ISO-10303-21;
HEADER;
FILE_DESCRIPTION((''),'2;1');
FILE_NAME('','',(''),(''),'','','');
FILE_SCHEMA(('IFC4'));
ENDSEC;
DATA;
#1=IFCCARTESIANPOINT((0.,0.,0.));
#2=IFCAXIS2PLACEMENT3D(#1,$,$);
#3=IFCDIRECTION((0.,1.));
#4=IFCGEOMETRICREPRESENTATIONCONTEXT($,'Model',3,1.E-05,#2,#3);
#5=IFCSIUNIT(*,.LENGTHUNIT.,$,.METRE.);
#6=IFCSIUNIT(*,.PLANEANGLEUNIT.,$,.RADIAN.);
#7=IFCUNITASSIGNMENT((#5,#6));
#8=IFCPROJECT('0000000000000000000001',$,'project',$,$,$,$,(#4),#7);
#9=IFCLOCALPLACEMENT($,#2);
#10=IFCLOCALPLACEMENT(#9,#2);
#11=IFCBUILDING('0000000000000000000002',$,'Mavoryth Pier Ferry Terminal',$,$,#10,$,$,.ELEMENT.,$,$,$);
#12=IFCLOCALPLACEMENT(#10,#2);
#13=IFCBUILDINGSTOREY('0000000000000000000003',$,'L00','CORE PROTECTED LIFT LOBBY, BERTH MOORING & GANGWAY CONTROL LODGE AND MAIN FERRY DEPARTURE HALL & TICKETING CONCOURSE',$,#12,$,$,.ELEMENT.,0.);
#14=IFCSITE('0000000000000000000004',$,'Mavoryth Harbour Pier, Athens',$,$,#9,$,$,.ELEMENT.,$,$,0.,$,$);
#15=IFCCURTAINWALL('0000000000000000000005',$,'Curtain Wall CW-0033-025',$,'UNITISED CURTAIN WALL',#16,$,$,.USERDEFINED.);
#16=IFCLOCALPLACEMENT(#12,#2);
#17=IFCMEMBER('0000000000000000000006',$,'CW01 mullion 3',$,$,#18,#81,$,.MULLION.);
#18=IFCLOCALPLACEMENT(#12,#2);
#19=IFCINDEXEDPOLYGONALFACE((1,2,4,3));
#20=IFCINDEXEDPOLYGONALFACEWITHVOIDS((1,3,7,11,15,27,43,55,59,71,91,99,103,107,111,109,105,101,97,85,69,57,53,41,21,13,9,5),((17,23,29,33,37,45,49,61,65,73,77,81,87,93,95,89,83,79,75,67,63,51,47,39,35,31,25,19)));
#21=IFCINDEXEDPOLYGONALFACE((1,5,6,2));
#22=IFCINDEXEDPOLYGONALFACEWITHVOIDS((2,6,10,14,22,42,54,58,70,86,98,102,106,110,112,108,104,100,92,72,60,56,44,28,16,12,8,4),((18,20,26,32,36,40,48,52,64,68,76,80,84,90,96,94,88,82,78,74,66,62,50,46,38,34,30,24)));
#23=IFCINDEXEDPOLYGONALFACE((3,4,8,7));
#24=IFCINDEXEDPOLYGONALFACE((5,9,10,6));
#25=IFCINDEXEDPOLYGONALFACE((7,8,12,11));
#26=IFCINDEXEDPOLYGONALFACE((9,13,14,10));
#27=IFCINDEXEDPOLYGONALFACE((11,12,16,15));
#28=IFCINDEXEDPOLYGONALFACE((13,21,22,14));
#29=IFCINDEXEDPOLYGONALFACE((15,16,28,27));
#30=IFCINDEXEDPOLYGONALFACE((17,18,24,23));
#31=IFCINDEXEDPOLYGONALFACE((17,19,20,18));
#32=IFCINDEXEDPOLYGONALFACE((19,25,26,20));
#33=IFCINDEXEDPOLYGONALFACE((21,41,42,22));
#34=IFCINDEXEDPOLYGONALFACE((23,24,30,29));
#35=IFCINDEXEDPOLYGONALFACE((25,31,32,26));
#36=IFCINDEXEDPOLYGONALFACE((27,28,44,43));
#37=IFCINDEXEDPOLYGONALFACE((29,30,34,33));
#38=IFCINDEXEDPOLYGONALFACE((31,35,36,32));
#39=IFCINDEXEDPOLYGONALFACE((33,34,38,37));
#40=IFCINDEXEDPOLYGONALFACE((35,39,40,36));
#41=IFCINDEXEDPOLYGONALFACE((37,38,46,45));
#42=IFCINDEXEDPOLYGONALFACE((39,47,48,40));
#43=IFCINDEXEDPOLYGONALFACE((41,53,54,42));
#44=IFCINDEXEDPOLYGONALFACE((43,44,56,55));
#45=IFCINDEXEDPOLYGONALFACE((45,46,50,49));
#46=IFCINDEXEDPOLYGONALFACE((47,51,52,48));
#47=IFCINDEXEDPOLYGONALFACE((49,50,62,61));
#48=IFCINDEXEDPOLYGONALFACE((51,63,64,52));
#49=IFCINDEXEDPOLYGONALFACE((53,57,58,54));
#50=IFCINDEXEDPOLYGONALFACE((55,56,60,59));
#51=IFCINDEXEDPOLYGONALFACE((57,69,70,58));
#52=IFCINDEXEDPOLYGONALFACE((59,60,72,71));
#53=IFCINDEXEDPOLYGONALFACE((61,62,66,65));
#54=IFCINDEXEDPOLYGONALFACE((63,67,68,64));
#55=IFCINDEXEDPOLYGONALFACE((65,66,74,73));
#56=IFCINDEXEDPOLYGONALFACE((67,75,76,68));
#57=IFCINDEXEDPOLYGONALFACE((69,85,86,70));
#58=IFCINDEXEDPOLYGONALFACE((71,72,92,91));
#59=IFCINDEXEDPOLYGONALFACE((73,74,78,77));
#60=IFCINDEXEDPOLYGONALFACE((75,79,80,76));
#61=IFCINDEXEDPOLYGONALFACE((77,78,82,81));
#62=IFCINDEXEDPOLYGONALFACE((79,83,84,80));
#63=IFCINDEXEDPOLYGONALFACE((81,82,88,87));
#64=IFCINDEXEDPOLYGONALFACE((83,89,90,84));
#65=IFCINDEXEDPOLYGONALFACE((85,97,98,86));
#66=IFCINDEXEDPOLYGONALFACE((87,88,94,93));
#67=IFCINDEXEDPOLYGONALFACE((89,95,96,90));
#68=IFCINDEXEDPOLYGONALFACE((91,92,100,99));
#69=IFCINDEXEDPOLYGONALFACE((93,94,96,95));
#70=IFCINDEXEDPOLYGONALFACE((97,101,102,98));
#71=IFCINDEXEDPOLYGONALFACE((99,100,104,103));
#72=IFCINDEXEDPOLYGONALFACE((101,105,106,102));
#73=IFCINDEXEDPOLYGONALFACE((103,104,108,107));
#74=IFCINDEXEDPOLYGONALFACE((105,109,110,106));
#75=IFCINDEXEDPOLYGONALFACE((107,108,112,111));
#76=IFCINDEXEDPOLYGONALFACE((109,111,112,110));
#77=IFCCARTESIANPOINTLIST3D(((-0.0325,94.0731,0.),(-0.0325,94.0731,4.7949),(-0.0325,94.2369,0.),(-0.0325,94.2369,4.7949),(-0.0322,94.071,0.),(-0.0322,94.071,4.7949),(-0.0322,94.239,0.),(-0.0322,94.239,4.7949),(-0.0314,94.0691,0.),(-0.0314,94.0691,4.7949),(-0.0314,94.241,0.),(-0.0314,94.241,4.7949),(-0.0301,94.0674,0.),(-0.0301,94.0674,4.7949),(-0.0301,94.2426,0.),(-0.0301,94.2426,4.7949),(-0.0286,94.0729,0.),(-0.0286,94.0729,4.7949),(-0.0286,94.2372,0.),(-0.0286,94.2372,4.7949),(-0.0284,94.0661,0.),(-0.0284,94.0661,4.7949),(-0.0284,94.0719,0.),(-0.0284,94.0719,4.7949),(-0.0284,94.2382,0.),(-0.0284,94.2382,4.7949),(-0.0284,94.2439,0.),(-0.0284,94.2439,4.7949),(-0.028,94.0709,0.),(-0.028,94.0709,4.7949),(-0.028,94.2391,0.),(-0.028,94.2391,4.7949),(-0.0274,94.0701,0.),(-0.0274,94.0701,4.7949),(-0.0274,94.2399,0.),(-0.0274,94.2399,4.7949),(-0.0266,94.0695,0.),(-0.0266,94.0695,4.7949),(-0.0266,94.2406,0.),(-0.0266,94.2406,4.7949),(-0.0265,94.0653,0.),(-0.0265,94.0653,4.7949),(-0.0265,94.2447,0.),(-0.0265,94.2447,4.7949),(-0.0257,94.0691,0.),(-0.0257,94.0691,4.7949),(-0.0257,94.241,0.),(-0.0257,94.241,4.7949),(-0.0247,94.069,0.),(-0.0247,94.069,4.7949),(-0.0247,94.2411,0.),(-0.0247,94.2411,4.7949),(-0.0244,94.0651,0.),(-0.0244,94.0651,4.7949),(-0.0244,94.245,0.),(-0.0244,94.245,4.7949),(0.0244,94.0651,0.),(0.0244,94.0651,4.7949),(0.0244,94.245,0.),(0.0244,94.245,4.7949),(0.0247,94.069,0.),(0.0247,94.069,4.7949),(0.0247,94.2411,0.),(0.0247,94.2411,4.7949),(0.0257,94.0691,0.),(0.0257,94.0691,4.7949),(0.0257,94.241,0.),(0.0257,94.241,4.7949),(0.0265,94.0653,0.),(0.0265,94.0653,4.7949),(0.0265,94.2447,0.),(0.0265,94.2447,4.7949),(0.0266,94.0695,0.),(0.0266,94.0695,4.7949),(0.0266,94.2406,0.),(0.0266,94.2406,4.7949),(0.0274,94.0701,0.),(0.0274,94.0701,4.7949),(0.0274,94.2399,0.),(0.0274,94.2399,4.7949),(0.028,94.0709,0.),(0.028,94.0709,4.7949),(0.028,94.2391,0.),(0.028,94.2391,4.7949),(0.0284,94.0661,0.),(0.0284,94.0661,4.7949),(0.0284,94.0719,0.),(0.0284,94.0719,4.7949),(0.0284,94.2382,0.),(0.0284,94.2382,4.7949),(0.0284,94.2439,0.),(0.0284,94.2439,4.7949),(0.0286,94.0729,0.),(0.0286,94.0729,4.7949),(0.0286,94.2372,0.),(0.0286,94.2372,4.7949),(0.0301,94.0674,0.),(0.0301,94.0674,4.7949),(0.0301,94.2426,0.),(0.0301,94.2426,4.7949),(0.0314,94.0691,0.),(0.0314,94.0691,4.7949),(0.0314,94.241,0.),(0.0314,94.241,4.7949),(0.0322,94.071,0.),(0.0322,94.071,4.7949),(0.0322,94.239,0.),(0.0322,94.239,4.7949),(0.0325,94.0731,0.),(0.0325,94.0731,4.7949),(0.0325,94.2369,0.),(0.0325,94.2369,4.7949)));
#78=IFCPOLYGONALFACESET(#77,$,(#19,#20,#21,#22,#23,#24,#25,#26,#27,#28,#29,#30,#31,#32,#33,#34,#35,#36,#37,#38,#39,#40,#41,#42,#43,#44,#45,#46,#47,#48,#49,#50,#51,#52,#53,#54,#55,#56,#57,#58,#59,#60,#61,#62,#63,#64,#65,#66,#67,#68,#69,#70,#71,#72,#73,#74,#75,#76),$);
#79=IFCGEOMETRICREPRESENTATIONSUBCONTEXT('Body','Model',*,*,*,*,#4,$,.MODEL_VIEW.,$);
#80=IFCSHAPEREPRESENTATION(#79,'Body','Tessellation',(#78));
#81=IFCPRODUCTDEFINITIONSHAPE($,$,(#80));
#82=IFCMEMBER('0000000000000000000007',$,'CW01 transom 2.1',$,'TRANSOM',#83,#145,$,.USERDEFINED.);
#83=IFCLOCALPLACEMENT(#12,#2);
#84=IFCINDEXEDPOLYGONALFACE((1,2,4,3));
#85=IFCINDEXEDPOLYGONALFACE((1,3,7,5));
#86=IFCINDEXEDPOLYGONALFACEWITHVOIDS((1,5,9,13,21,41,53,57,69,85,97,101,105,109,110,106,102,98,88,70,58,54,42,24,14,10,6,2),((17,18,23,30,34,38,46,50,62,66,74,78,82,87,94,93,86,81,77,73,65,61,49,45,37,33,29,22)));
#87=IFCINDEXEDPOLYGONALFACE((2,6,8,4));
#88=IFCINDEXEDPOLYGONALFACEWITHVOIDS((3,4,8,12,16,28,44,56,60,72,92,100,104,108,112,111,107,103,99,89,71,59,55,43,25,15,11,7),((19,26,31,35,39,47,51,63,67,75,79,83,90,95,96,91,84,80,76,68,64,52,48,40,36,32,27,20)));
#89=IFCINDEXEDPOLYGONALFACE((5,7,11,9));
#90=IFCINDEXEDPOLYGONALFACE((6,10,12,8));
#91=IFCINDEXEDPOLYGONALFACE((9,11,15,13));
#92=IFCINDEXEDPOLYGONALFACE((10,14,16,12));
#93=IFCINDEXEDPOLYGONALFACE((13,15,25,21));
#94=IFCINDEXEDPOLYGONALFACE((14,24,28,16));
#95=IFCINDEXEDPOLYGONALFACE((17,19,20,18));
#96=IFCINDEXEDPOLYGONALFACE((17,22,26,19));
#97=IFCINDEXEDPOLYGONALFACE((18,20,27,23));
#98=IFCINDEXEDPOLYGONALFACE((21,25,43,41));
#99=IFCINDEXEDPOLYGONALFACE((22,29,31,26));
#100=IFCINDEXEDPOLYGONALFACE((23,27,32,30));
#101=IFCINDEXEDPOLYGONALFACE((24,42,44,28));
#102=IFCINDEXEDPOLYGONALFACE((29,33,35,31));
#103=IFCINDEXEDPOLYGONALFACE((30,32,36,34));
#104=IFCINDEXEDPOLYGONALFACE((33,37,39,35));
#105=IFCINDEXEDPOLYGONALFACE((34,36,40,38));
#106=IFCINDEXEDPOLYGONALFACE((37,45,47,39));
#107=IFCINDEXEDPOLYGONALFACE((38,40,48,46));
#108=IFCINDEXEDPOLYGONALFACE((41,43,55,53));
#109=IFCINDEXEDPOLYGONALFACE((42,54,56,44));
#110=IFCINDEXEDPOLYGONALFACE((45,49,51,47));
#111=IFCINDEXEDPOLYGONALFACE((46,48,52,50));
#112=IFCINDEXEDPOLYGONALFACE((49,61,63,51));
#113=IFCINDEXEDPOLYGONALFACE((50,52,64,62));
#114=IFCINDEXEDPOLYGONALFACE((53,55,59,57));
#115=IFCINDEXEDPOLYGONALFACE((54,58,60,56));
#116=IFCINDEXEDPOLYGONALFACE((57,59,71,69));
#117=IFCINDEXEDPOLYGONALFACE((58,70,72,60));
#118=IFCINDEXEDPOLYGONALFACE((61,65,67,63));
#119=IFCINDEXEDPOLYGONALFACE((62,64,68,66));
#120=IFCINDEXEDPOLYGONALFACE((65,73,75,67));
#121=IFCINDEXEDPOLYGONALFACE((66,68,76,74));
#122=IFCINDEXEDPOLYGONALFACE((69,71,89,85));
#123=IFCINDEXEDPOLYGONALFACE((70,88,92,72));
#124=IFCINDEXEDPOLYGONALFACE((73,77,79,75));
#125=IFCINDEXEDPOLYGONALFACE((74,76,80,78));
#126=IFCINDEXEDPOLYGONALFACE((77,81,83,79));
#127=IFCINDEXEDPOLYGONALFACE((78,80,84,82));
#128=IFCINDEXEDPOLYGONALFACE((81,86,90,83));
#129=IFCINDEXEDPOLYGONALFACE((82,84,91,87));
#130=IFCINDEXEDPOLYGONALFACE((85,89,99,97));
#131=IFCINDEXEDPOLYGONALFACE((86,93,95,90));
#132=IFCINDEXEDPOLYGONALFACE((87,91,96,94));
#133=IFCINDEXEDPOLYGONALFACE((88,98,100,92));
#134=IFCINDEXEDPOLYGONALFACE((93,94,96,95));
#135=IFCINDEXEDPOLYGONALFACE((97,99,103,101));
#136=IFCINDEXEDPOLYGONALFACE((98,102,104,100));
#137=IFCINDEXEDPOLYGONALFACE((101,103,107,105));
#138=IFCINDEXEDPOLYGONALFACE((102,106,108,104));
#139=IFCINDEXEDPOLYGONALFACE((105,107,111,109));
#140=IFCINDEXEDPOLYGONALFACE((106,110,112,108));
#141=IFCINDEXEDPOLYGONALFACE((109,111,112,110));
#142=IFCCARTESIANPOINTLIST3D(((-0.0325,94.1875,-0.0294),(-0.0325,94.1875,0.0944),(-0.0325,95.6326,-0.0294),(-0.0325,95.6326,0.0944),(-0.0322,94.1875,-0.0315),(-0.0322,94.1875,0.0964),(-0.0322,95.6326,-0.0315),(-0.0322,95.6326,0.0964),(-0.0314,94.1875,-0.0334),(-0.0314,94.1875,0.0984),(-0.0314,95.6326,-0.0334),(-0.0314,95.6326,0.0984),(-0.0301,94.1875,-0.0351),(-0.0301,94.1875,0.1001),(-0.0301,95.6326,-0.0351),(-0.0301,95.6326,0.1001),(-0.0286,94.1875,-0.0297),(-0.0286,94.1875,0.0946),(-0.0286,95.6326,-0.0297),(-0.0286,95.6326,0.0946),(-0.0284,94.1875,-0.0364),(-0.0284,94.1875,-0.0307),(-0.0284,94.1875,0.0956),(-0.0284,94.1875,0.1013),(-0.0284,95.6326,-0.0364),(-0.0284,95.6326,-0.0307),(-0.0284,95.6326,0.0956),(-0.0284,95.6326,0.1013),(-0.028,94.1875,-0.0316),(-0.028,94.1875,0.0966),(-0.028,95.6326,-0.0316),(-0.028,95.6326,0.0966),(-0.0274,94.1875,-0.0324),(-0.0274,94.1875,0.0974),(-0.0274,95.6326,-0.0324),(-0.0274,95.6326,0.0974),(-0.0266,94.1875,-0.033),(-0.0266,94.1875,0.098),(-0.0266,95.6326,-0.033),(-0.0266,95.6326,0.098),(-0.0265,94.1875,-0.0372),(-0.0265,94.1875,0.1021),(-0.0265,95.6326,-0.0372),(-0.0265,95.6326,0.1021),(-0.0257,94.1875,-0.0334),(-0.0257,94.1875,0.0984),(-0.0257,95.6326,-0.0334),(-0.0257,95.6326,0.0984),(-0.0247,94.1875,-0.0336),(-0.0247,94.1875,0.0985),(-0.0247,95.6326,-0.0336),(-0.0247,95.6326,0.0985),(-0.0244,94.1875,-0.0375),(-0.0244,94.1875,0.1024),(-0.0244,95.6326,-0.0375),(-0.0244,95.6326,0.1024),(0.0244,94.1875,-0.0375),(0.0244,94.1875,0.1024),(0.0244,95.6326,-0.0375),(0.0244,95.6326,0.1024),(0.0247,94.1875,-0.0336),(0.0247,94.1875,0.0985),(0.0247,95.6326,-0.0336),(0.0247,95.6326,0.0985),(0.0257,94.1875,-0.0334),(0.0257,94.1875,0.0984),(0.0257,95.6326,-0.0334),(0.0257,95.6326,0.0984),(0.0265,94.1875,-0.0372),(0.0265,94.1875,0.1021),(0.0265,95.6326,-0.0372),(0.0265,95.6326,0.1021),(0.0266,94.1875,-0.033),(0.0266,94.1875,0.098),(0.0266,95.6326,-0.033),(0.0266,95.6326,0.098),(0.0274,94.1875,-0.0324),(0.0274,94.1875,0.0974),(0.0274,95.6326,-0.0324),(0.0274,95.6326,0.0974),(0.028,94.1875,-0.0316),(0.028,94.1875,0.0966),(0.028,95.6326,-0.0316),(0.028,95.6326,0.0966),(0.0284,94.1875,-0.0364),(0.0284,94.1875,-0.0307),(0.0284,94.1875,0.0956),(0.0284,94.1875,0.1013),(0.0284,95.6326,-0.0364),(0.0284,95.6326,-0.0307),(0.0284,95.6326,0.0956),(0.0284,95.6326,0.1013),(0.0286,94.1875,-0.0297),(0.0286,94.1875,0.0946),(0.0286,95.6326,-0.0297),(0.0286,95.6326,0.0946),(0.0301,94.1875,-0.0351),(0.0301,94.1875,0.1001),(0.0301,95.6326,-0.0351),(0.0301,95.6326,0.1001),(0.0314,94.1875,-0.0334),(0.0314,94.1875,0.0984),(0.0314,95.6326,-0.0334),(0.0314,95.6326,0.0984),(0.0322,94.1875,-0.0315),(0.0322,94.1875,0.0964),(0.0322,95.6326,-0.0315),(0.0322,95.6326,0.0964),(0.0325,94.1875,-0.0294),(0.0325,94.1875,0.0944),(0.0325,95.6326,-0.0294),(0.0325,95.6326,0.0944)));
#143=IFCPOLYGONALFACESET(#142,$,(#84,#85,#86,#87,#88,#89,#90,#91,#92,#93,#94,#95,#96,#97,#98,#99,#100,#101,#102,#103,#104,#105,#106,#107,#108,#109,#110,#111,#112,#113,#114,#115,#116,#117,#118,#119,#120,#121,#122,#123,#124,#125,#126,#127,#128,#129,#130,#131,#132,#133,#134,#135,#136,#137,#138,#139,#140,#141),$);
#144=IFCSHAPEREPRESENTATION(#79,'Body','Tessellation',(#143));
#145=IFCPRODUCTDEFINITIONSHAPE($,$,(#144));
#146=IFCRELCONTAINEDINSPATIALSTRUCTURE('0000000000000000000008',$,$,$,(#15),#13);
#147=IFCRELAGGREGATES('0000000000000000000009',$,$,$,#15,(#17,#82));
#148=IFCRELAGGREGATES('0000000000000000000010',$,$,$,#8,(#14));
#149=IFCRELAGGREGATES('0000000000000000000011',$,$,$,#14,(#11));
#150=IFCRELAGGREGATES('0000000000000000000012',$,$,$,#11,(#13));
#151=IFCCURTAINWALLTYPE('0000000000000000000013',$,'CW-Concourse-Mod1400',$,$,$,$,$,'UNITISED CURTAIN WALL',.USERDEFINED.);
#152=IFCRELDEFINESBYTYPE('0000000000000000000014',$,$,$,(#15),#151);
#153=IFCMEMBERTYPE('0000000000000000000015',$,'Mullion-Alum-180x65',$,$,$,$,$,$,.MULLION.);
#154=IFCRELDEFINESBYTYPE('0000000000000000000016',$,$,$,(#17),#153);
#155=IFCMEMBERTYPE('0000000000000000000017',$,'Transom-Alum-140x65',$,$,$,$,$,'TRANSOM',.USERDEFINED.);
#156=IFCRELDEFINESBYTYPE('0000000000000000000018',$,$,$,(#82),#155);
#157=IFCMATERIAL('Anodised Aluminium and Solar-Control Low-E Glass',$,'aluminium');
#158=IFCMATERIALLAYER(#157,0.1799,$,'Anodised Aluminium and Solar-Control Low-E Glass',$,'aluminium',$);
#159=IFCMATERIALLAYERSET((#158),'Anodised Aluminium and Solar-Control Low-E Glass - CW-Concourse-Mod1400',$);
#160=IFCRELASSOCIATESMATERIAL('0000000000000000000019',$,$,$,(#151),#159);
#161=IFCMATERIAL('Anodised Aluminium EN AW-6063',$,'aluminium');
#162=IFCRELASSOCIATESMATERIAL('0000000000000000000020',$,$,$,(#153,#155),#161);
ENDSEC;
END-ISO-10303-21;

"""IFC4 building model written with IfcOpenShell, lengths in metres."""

from ifc_helpers import new_model, si_unit, direction, frame, origin, origin_2d, place, context, subcontext, project, spatial, hollow_rectangle, extrude, material, layer, layer_set, material_profile, profile_set, type_object, element, aggregate, save


model = new_model("IFC4")

# Units and contexts
model_context = context("Model", 3, precision=1e-05, world=origin(), true_north=direction((0.0, 1.0)))
body_context = subcontext(model_context, "Body", "Model", "MODEL_VIEW")
ifc_project = project(units=[si_unit("LENGTHUNIT", "METRE"), si_unit("PLANEANGLEUNIT", "RADIAN")], contexts=[model_context])

# Site, building, storey
site_placement = place(None, origin())
site = spatial("IfcSite", under=ifc_project, at=site_placement, Name="Mavoryth Harbour Pier, Athens", CompositionType="ELEMENT", RefElevation=0.0)
building_placement = place(site_placement, origin())
building = spatial("IfcBuilding", under=site, at=building_placement, Name="Mavoryth Pier Ferry Terminal", CompositionType="ELEMENT")
storey_placement = place(building_placement, origin())
storey = spatial("IfcBuildingStorey", under=building, at=storey_placement, Name="L00", Description="CORE PROTECTED LIFT LOBBY, BERTH MOORING & GANGWAY CONTROL LODGE AND MAIN FERRY DEPARTURE HALL & TICKETING CONCOURSE", CompositionType="ELEMENT", Elevation=0.0)

# Curtain wall, members
ifc_material_1 = material(Name="Anodised Aluminium and Solar-Control Low-E Glass", Category="aluminium")
ifc_layer_1 = layer(ifc_material_1, 0.1799, Name="Anodised Aluminium and Solar-Control Low-E Glass", Category="aluminium")
ifc_layer_set_1 = layer_set([ifc_layer_1], Name="Anodised Aluminium and Solar-Control Low-E Glass - CW-Concourse-Mod1400")
curtain_wall_type = type_object("IfcCurtainWallType", Name="CW-Concourse-Mod1400", ElementType="UNITISED CURTAIN WALL", PredefinedType="USERDEFINED", material=ifc_layer_set_1)
curtain_wall_placement = place(storey_placement, origin())
curtain_wall = element("IfcCurtainWall", 1, at=curtain_wall_placement, inside=storey, type_object=curtain_wall_type, Name="Curtain Wall CW-0033-025", ObjectType="UNITISED CURTAIN WALL", PredefinedType="USERDEFINED")
ifc_material_2 = material(Name="Anodised Aluminium EN AW-6063", Category="aluminium")
ifc_material_profile_1 = material_profile(ifc_material_2, hollow_rectangle(XDim=0.0649, YDim=0.1799, WallThickness=0.0039, InnerFilletRadius=0.0039, OuterFilletRadius=0.0081, at=origin_2d()), Name="AL-MULL 180x65x4", Category="aluminium")
ifc_profile_set_1 = profile_set([ifc_material_profile_1], Name="Anodised Aluminium EN AW-6063 - AL-MULL 180x65x4")
member_type_1 = type_object("IfcMemberType", Name="Mullion-Alum-180x65", PredefinedType="MULLION", material=ifc_profile_set_1)
member_1_placement = place(storey_placement, frame((0.0, 94.155, 0.0), z_axis=(0.0, 0.0, 1.0), x_axis=(1.0, 0.0, 0.0)))
member_1 = element("IfcMember", 2, at=member_1_placement, type_object=member_type_1, Name="CW01 mullion 3", PredefinedType="MULLION", context=body_context, shape_type="SweptSolid", body=[
    extrude(hollow_rectangle(XDim=0.0649, YDim=0.1799, WallThickness=0.0039, InnerFilletRadius=0.0039, OuterFilletRadius=0.0081, at=origin_2d()), origin(), (0.0, 0.0, 1.0), 4.7949),
])
ifc_material_profile_2 = material_profile(ifc_material_2, hollow_rectangle(XDim=0.0649, YDim=0.1399, WallThickness=0.0039, InnerFilletRadius=0.0039, OuterFilletRadius=0.0081, at=origin_2d()), Name="AL-TRAN 140x65x4", Category="aluminium")
ifc_profile_set_2 = profile_set([ifc_material_profile_2], Name="Anodised Aluminium EN AW-6063 - AL-TRAN 140x65x4")
member_type_2 = type_object("IfcMemberType", Name="Transom-Alum-140x65", ElementType="TRANSOM", PredefinedType="USERDEFINED", material=ifc_profile_set_2)
member_2_placement = place(storey_placement, frame((0.0, 95.6326, 0.0325), z_axis=(0.0, -1.0, 0.0), x_axis=(1.0, 0.0, 0.0)))
member_2 = element("IfcMember", 3, at=member_2_placement, type_object=member_type_2, Name="CW01 transom 2.1", ObjectType="TRANSOM", PredefinedType="USERDEFINED", context=body_context, shape_type="SweptSolid", body=[
    extrude(hollow_rectangle(XDim=0.0649, YDim=0.1399, WallThickness=0.0039, InnerFilletRadius=0.0039, OuterFilletRadius=0.0081, at=origin_2d()), origin(), (0.0, 0.0, 1.0), 1.4451),
])
aggregate(curtain_wall, [member_1, member_2])

save(model, "model.ifc")
